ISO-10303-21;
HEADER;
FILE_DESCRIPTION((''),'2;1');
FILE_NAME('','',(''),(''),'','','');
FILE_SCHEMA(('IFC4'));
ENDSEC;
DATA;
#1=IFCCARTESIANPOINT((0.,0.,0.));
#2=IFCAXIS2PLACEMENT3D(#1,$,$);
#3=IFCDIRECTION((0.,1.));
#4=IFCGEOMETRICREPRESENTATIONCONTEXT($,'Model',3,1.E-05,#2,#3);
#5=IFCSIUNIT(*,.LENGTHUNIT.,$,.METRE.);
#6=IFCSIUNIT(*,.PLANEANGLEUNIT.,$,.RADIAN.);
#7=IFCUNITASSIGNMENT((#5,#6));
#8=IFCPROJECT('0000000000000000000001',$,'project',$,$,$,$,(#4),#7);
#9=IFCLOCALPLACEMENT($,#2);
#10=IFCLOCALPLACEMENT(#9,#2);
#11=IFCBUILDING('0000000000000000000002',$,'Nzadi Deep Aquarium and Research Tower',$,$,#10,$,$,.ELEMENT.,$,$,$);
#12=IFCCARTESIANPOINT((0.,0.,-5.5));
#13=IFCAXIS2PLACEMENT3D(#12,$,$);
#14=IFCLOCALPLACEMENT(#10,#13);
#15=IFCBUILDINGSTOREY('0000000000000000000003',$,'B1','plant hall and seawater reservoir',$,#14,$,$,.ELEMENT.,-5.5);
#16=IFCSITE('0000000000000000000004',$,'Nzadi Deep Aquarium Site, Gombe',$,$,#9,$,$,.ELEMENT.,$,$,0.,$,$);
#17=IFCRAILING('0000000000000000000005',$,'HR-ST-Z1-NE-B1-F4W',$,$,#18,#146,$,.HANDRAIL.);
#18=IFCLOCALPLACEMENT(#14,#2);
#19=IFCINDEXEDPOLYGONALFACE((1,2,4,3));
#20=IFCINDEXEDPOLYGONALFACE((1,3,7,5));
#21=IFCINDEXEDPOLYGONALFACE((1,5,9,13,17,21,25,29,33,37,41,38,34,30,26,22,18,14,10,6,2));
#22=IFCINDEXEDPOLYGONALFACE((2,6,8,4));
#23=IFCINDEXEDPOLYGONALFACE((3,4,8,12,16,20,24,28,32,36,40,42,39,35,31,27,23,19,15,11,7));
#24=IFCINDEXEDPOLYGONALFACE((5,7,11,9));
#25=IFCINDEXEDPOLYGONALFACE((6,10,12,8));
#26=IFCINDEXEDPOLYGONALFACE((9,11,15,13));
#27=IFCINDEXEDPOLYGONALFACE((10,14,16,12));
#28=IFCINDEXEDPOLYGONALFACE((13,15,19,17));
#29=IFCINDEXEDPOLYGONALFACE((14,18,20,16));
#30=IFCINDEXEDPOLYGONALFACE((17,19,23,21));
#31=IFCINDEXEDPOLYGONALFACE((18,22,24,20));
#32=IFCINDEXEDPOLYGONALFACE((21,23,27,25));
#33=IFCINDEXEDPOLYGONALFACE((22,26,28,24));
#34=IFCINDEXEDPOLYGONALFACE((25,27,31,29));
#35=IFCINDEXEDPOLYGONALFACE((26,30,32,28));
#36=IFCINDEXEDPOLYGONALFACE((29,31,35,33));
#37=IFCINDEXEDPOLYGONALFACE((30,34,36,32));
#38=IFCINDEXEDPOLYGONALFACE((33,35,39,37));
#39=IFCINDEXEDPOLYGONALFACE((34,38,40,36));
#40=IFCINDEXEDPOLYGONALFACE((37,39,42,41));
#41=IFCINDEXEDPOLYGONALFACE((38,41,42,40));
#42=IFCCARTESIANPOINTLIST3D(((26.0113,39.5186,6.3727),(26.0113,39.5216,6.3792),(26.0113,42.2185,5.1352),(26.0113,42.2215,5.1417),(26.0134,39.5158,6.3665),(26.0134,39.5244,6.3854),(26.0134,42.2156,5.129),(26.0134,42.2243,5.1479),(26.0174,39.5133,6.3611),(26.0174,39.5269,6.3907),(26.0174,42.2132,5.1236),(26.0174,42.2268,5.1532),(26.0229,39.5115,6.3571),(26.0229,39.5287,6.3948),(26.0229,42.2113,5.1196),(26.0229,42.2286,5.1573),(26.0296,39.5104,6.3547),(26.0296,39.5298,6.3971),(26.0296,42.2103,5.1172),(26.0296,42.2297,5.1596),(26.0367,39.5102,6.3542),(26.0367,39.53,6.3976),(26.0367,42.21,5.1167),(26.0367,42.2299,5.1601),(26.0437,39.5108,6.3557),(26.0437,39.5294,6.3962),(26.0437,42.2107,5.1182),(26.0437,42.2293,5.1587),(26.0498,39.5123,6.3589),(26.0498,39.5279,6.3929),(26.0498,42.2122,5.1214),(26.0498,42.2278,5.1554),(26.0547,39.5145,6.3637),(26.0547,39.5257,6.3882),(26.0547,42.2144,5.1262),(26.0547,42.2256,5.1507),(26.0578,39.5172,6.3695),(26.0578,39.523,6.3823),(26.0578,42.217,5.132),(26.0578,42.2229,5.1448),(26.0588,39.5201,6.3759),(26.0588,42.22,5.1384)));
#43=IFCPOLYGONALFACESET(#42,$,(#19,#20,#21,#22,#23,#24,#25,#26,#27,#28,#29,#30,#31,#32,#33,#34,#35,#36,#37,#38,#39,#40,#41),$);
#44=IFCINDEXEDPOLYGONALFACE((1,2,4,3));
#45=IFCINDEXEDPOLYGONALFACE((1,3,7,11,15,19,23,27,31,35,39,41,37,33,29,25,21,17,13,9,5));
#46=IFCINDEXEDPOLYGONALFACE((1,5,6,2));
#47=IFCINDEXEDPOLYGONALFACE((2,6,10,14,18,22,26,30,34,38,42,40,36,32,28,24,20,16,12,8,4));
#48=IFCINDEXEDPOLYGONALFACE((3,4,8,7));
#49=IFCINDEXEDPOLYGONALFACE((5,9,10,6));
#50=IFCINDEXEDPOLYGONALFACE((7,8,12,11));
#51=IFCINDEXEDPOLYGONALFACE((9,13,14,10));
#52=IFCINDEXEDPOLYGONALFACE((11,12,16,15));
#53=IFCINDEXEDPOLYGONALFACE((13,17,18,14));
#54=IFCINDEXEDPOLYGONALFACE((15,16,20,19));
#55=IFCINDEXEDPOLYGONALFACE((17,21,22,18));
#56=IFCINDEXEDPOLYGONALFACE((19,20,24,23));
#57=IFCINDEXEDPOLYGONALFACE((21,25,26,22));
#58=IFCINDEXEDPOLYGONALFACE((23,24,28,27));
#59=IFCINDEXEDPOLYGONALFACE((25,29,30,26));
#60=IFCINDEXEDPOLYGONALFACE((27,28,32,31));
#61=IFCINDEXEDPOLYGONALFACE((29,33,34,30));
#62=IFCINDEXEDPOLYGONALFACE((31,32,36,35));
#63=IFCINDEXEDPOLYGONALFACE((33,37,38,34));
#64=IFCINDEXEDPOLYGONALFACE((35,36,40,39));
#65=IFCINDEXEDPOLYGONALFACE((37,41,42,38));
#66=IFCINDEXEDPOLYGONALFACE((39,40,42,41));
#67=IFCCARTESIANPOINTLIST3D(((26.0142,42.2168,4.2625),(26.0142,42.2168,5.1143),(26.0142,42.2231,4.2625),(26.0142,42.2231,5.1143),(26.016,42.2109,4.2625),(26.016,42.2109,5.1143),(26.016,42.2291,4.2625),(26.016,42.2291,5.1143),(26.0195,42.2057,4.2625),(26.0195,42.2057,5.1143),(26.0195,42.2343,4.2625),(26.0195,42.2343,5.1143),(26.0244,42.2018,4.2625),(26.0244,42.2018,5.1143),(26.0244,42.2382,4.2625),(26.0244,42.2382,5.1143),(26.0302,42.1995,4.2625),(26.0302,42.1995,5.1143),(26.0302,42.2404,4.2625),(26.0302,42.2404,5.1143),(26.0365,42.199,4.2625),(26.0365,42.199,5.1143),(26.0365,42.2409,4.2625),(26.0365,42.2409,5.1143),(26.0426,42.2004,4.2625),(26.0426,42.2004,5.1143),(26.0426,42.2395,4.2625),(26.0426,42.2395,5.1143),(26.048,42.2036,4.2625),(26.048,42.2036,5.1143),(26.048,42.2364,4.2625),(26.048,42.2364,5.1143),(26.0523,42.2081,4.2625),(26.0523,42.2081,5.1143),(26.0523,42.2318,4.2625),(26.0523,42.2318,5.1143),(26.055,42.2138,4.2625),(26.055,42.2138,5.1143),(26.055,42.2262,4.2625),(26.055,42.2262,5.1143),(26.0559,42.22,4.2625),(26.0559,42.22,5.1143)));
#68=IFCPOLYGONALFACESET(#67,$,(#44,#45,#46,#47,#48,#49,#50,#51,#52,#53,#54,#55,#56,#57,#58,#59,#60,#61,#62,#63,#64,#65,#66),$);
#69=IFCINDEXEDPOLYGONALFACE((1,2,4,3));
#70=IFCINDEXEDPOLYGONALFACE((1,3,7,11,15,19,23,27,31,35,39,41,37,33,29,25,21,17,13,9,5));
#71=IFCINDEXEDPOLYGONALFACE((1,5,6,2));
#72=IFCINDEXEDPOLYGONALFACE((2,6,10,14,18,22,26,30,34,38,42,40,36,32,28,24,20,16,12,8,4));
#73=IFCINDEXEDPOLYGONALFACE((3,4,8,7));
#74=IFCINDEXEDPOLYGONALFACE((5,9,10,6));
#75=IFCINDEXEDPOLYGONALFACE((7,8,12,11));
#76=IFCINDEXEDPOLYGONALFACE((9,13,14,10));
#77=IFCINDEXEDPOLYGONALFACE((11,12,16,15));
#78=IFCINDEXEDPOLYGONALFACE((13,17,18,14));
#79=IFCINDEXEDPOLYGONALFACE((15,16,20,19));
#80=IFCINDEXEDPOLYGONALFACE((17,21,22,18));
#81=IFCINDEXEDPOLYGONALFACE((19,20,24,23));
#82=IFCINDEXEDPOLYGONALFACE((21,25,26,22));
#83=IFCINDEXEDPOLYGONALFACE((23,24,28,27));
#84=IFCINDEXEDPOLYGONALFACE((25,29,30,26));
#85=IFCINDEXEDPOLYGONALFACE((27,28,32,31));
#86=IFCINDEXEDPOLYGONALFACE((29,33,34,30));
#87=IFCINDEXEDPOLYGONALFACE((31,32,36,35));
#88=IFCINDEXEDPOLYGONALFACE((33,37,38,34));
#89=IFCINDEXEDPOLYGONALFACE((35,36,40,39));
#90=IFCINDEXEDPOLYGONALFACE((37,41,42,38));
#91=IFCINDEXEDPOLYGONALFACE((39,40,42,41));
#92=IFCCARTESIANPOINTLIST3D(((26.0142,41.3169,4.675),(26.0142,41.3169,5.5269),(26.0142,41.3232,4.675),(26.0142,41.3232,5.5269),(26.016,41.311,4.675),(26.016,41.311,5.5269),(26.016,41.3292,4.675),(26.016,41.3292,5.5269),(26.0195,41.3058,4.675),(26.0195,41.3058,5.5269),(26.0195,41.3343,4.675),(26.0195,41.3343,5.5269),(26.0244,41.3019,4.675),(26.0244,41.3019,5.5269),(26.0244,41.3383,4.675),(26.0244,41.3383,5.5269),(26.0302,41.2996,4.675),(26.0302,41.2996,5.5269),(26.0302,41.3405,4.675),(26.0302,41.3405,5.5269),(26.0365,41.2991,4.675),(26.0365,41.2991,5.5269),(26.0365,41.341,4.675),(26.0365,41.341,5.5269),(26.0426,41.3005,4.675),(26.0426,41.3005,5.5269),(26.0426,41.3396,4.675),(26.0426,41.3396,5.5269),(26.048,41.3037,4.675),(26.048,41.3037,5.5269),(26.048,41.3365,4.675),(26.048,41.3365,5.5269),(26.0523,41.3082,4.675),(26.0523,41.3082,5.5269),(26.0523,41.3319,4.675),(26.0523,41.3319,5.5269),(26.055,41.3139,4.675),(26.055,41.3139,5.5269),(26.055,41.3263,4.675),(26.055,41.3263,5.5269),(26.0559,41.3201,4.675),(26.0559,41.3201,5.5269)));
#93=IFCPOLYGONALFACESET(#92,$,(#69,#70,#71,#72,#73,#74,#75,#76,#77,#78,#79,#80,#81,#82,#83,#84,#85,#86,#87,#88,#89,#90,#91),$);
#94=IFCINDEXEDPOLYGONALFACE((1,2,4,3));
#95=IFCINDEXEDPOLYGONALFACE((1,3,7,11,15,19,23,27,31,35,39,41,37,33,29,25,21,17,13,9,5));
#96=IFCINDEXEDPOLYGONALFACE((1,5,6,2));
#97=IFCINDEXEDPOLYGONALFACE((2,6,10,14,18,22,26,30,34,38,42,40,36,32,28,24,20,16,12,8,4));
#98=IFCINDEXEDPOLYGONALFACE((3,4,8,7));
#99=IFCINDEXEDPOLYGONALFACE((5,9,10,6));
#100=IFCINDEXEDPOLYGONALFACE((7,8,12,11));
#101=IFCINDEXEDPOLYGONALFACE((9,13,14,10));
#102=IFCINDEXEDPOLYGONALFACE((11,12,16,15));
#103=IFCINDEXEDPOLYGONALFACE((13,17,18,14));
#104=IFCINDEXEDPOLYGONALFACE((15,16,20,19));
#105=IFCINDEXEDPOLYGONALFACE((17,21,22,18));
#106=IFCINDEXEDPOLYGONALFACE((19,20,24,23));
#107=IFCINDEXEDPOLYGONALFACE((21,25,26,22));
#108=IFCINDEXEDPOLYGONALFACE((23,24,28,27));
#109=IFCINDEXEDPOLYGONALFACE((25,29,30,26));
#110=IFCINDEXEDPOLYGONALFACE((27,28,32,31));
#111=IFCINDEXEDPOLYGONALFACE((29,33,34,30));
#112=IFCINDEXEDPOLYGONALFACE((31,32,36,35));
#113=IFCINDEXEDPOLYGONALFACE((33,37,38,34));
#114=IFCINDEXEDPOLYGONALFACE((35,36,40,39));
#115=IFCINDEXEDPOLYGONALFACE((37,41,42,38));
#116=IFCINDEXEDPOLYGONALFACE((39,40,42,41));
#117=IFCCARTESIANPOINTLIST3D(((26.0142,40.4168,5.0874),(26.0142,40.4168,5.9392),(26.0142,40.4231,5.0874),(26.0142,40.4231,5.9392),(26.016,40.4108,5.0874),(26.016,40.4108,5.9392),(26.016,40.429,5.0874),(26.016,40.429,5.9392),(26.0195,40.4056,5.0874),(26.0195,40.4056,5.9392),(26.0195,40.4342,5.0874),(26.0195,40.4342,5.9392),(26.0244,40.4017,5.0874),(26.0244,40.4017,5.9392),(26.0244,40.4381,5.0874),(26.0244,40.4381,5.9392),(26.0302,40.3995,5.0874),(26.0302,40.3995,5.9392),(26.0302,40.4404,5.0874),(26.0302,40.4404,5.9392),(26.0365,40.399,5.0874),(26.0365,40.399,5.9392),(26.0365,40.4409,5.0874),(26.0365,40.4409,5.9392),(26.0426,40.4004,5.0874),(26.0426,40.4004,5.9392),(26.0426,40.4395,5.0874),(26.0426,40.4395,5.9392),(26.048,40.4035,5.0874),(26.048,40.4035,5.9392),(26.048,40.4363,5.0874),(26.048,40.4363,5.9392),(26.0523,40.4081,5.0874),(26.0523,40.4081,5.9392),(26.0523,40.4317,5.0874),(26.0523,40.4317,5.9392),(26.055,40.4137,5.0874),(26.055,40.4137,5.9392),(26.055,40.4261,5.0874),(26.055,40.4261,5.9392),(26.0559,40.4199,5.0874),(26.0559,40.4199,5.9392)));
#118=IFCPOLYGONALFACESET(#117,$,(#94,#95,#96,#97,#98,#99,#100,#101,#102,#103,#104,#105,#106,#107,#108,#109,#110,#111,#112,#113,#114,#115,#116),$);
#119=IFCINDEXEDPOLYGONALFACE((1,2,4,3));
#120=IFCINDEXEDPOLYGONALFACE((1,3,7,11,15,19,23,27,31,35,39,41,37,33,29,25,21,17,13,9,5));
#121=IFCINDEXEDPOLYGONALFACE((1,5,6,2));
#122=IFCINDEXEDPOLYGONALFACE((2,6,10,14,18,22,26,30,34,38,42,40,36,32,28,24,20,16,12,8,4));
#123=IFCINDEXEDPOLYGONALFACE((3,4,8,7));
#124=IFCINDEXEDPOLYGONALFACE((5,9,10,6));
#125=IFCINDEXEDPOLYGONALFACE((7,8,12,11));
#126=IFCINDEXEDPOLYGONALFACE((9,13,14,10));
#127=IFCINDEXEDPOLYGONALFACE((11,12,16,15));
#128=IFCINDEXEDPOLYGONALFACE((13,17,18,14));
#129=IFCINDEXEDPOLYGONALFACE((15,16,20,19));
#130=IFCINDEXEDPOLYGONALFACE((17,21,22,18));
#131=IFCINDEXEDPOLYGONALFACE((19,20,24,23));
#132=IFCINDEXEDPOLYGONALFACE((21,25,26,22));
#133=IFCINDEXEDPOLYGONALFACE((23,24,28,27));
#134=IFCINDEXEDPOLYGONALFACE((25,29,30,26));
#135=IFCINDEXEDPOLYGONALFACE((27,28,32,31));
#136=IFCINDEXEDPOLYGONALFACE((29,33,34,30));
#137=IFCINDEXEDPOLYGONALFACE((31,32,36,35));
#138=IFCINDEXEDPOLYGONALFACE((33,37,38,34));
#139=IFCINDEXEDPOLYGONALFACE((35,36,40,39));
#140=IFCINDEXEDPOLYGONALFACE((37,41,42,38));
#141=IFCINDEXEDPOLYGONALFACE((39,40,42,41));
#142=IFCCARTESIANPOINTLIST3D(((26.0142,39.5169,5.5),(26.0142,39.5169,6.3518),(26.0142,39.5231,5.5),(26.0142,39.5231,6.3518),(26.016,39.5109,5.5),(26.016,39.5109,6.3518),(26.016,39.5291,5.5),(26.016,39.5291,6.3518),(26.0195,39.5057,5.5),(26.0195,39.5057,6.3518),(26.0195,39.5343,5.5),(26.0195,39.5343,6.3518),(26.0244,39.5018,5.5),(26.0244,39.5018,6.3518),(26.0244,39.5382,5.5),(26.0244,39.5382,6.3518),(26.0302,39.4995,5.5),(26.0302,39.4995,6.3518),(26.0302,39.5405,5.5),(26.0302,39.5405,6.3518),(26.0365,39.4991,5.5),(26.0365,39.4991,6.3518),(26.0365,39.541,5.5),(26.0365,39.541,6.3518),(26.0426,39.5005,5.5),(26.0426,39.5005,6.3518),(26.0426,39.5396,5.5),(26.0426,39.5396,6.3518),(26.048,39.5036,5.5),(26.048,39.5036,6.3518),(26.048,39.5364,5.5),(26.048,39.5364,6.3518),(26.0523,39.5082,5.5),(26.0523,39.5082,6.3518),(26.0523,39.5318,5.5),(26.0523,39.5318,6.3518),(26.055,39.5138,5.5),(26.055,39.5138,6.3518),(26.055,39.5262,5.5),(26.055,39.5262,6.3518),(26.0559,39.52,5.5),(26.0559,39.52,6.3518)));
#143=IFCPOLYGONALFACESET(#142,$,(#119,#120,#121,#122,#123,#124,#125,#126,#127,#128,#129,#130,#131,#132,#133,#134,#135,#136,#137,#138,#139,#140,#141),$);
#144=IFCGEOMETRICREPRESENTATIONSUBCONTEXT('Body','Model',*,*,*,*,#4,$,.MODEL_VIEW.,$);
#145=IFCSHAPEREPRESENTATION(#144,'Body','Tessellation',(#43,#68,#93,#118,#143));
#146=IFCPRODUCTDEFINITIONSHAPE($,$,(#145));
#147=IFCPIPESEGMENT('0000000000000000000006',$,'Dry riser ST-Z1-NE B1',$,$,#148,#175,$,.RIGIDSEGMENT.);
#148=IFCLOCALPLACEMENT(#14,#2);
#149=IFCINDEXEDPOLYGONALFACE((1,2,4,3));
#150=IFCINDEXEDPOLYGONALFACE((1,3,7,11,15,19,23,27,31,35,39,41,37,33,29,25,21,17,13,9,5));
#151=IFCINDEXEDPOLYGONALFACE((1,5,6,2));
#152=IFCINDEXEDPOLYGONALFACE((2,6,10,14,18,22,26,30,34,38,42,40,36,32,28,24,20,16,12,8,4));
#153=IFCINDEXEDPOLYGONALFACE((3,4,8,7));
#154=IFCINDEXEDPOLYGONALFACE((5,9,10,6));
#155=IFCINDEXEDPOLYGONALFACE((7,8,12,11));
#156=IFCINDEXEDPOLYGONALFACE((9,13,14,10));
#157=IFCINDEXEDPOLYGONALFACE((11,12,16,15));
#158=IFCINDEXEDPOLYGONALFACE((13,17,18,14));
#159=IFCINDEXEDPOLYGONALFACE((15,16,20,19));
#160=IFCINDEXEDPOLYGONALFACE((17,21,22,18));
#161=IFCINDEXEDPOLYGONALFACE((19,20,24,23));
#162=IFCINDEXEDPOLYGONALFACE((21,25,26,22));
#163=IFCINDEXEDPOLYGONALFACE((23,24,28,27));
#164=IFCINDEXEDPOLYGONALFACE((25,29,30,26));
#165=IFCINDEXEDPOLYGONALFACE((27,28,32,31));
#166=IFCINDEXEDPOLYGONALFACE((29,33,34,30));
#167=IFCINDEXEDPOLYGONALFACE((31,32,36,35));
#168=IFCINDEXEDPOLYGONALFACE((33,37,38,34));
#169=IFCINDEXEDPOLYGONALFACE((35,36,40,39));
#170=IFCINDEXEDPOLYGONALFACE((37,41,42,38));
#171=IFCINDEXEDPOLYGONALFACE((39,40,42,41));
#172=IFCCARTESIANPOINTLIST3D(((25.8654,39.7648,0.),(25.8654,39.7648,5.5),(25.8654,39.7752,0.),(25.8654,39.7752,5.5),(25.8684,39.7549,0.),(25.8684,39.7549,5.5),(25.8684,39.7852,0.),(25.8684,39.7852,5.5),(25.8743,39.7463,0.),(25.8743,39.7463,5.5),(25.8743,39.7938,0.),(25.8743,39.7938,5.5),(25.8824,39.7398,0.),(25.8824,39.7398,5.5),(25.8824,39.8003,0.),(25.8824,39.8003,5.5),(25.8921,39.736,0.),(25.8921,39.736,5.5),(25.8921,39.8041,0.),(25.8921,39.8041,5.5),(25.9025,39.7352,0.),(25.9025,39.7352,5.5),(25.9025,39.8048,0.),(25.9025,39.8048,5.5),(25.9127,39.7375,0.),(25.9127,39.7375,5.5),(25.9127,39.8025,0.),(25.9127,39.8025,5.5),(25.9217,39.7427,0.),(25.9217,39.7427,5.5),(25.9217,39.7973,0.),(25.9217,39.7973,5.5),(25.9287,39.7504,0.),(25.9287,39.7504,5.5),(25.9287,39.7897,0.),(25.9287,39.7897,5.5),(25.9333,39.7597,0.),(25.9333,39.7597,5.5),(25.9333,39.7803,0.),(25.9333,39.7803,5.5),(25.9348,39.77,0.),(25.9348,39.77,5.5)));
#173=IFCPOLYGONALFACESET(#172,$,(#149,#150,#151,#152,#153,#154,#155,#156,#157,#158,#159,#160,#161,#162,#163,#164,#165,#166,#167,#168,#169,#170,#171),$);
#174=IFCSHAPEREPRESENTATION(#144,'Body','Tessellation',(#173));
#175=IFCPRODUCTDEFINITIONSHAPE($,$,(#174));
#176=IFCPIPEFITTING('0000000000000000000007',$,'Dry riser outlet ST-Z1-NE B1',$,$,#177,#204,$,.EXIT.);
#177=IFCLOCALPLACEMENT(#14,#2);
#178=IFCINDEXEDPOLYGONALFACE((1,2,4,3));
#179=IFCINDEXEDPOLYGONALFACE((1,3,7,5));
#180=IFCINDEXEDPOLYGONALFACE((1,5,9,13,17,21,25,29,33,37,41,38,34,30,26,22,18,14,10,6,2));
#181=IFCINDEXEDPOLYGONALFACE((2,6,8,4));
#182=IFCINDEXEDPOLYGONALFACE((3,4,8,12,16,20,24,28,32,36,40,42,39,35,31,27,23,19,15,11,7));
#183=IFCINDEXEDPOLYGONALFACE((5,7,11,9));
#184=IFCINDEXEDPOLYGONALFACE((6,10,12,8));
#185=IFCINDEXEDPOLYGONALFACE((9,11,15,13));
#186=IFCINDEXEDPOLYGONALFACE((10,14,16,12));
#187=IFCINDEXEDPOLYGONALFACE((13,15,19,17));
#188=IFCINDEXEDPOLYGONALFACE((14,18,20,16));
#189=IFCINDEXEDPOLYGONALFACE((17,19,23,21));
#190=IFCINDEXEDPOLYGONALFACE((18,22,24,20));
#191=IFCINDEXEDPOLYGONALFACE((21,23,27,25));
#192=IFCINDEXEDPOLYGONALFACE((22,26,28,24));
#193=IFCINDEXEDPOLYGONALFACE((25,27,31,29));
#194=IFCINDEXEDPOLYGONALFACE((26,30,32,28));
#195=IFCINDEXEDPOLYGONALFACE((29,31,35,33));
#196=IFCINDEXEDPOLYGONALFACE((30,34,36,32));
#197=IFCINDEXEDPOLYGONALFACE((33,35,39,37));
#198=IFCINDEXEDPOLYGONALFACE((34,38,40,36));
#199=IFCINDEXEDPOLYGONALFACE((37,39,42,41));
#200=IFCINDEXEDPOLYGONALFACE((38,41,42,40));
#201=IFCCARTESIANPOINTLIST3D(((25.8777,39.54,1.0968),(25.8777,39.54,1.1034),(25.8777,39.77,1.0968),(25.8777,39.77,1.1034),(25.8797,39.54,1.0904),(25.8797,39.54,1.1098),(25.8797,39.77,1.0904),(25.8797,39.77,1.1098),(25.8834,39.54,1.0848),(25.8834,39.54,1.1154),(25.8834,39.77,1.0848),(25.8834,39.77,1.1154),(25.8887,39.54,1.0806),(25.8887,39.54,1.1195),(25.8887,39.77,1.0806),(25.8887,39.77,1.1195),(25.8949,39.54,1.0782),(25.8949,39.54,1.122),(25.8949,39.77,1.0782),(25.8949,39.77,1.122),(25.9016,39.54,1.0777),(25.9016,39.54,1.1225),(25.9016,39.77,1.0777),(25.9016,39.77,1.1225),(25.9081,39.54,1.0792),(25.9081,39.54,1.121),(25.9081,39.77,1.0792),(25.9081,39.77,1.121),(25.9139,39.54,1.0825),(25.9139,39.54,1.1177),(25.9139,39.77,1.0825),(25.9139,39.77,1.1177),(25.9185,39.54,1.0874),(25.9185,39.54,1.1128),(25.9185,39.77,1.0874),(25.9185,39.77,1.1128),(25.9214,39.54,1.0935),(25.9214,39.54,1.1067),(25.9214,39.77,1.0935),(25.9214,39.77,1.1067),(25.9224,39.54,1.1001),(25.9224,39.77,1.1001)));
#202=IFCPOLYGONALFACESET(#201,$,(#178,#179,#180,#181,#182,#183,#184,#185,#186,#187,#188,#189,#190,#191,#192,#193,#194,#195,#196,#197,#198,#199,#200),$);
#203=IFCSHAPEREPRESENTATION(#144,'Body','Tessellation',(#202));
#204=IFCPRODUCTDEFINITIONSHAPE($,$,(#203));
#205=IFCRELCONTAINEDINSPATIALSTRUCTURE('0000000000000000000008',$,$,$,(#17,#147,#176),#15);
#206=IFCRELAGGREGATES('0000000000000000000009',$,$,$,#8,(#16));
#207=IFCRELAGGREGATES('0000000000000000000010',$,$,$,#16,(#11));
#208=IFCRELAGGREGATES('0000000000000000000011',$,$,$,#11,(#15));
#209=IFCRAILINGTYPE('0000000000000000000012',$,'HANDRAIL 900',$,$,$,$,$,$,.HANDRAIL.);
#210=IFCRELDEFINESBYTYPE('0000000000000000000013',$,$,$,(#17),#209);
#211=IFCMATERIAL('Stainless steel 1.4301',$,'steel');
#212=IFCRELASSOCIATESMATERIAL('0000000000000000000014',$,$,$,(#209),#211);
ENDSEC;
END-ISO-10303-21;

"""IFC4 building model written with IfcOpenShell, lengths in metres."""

from ifc_helpers import new_model, si_unit, direction, frame, origin, origin_2d, place, context, subcontext, project, spatial, circle, extrude, material, type_object, element, save


model = new_model("IFC4")

# Units and contexts
model_context = context("Model", 3, precision=1e-05, world=origin(), true_north=direction((0.0, 1.0)))
body_context = subcontext(model_context, "Body", "Model", "MODEL_VIEW")
ifc_project = project(units=[si_unit("LENGTHUNIT", "METRE"), si_unit("PLANEANGLEUNIT", "RADIAN")], contexts=[model_context])

# Site, building, storey
site_placement = place(None, origin())
site = spatial("IfcSite", under=ifc_project, at=site_placement, Name="Nzadi Deep Aquarium Site, Gombe", CompositionType="ELEMENT", RefElevation=0.0)
building_placement = place(site_placement, origin())
building = spatial("IfcBuilding", under=site, at=building_placement, Name="Nzadi Deep Aquarium and Research Tower", CompositionType="ELEMENT")
storey_placement = place(building_placement, frame((0.0, 0.0, -5.5)))
storey = spatial("IfcBuildingStorey", under=building, at=storey_placement, Name="B1", Description="plant hall and seawater reservoir", CompositionType="ELEMENT", Elevation=-5.5)

# Railing
ifc_material_1 = material(Name="Stainless steel 1.4301", Category="steel")
railing_type = type_object("IfcRailingType", Name="HANDRAIL 900", PredefinedType="HANDRAIL", material=ifc_material_1)
for number, where, name in (
    (1, (26.0349, 42.22, 4.2625), "HR-ST-Z1-NE-B1-F4W"),
):
    element("IfcRailing", number, at=place(storey_placement, frame(where)), inside=storey, type_object=railing_type, Name=name, PredefinedType="HANDRAIL", context=body_context, shape_type="SweptSolid", body=[
        extrude(circle(Radius=0.0239, at=origin_2d()), frame((0.0, 0.0, 0.876), z_axis=(0.0, -0.909056, 0.416675), x_axis=(1.0, 0.0, 0.0)), (0.0, 0.0, 1.0), 2.97),
        extrude(circle(Radius=0.021, at=origin_2d()), origin(), (0.0, 0.0, 1.0), 0.8518),
        extrude(circle(Radius=0.021, at=origin_2d()), frame((0.0, -0.8999, 0.4126)), (0.0, 0.0, 1.0), 0.8518),
        extrude(circle(Radius=0.021, at=origin_2d()), frame((0.0, -1.8, 0.825)), (0.0, 0.0, 1.0), 0.8518),
        extrude(circle(Radius=0.021, at=origin_2d()), frame((0.0, -2.7, 1.2375)), (0.0, 0.0, 1.0), 0.8518),
    ])

# Pipe segment
pipe_segment_placement = place(storey_placement, frame((25.8999, 39.77, 0.0), z_axis=(0.0, 0.0, 1.0), x_axis=(1.0, 0.0, 0.0)))
element("IfcPipeSegment", 2, at=pipe_segment_placement, inside=storey, Name="Dry riser ST-Z1-NE B1", PredefinedType="RIGIDSEGMENT", context=body_context, shape_type="SweptSolid", body=[
    extrude(circle(Radius=0.0349, at=origin_2d()), origin(), (0.0, 0.0, 1.0), 5.5),
])

# Pipe fitting
pipe_fitting_placement = place(storey_placement, frame((25.8999, 39.77, 1.1001), z_axis=(0.0, -1.0, 0.0), x_axis=(1.0, 0.0, 0.0)))
element("IfcPipeFitting", 3, at=pipe_fitting_placement, inside=storey, Name="Dry riser outlet ST-Z1-NE B1", PredefinedType="EXIT", context=body_context, shape_type="SweptSolid", body=[
    extrude(circle(Radius=0.0225, at=origin_2d()), origin(), (0.0, 0.0, 1.0), 0.23),
])

save(model, "model.ifc")
